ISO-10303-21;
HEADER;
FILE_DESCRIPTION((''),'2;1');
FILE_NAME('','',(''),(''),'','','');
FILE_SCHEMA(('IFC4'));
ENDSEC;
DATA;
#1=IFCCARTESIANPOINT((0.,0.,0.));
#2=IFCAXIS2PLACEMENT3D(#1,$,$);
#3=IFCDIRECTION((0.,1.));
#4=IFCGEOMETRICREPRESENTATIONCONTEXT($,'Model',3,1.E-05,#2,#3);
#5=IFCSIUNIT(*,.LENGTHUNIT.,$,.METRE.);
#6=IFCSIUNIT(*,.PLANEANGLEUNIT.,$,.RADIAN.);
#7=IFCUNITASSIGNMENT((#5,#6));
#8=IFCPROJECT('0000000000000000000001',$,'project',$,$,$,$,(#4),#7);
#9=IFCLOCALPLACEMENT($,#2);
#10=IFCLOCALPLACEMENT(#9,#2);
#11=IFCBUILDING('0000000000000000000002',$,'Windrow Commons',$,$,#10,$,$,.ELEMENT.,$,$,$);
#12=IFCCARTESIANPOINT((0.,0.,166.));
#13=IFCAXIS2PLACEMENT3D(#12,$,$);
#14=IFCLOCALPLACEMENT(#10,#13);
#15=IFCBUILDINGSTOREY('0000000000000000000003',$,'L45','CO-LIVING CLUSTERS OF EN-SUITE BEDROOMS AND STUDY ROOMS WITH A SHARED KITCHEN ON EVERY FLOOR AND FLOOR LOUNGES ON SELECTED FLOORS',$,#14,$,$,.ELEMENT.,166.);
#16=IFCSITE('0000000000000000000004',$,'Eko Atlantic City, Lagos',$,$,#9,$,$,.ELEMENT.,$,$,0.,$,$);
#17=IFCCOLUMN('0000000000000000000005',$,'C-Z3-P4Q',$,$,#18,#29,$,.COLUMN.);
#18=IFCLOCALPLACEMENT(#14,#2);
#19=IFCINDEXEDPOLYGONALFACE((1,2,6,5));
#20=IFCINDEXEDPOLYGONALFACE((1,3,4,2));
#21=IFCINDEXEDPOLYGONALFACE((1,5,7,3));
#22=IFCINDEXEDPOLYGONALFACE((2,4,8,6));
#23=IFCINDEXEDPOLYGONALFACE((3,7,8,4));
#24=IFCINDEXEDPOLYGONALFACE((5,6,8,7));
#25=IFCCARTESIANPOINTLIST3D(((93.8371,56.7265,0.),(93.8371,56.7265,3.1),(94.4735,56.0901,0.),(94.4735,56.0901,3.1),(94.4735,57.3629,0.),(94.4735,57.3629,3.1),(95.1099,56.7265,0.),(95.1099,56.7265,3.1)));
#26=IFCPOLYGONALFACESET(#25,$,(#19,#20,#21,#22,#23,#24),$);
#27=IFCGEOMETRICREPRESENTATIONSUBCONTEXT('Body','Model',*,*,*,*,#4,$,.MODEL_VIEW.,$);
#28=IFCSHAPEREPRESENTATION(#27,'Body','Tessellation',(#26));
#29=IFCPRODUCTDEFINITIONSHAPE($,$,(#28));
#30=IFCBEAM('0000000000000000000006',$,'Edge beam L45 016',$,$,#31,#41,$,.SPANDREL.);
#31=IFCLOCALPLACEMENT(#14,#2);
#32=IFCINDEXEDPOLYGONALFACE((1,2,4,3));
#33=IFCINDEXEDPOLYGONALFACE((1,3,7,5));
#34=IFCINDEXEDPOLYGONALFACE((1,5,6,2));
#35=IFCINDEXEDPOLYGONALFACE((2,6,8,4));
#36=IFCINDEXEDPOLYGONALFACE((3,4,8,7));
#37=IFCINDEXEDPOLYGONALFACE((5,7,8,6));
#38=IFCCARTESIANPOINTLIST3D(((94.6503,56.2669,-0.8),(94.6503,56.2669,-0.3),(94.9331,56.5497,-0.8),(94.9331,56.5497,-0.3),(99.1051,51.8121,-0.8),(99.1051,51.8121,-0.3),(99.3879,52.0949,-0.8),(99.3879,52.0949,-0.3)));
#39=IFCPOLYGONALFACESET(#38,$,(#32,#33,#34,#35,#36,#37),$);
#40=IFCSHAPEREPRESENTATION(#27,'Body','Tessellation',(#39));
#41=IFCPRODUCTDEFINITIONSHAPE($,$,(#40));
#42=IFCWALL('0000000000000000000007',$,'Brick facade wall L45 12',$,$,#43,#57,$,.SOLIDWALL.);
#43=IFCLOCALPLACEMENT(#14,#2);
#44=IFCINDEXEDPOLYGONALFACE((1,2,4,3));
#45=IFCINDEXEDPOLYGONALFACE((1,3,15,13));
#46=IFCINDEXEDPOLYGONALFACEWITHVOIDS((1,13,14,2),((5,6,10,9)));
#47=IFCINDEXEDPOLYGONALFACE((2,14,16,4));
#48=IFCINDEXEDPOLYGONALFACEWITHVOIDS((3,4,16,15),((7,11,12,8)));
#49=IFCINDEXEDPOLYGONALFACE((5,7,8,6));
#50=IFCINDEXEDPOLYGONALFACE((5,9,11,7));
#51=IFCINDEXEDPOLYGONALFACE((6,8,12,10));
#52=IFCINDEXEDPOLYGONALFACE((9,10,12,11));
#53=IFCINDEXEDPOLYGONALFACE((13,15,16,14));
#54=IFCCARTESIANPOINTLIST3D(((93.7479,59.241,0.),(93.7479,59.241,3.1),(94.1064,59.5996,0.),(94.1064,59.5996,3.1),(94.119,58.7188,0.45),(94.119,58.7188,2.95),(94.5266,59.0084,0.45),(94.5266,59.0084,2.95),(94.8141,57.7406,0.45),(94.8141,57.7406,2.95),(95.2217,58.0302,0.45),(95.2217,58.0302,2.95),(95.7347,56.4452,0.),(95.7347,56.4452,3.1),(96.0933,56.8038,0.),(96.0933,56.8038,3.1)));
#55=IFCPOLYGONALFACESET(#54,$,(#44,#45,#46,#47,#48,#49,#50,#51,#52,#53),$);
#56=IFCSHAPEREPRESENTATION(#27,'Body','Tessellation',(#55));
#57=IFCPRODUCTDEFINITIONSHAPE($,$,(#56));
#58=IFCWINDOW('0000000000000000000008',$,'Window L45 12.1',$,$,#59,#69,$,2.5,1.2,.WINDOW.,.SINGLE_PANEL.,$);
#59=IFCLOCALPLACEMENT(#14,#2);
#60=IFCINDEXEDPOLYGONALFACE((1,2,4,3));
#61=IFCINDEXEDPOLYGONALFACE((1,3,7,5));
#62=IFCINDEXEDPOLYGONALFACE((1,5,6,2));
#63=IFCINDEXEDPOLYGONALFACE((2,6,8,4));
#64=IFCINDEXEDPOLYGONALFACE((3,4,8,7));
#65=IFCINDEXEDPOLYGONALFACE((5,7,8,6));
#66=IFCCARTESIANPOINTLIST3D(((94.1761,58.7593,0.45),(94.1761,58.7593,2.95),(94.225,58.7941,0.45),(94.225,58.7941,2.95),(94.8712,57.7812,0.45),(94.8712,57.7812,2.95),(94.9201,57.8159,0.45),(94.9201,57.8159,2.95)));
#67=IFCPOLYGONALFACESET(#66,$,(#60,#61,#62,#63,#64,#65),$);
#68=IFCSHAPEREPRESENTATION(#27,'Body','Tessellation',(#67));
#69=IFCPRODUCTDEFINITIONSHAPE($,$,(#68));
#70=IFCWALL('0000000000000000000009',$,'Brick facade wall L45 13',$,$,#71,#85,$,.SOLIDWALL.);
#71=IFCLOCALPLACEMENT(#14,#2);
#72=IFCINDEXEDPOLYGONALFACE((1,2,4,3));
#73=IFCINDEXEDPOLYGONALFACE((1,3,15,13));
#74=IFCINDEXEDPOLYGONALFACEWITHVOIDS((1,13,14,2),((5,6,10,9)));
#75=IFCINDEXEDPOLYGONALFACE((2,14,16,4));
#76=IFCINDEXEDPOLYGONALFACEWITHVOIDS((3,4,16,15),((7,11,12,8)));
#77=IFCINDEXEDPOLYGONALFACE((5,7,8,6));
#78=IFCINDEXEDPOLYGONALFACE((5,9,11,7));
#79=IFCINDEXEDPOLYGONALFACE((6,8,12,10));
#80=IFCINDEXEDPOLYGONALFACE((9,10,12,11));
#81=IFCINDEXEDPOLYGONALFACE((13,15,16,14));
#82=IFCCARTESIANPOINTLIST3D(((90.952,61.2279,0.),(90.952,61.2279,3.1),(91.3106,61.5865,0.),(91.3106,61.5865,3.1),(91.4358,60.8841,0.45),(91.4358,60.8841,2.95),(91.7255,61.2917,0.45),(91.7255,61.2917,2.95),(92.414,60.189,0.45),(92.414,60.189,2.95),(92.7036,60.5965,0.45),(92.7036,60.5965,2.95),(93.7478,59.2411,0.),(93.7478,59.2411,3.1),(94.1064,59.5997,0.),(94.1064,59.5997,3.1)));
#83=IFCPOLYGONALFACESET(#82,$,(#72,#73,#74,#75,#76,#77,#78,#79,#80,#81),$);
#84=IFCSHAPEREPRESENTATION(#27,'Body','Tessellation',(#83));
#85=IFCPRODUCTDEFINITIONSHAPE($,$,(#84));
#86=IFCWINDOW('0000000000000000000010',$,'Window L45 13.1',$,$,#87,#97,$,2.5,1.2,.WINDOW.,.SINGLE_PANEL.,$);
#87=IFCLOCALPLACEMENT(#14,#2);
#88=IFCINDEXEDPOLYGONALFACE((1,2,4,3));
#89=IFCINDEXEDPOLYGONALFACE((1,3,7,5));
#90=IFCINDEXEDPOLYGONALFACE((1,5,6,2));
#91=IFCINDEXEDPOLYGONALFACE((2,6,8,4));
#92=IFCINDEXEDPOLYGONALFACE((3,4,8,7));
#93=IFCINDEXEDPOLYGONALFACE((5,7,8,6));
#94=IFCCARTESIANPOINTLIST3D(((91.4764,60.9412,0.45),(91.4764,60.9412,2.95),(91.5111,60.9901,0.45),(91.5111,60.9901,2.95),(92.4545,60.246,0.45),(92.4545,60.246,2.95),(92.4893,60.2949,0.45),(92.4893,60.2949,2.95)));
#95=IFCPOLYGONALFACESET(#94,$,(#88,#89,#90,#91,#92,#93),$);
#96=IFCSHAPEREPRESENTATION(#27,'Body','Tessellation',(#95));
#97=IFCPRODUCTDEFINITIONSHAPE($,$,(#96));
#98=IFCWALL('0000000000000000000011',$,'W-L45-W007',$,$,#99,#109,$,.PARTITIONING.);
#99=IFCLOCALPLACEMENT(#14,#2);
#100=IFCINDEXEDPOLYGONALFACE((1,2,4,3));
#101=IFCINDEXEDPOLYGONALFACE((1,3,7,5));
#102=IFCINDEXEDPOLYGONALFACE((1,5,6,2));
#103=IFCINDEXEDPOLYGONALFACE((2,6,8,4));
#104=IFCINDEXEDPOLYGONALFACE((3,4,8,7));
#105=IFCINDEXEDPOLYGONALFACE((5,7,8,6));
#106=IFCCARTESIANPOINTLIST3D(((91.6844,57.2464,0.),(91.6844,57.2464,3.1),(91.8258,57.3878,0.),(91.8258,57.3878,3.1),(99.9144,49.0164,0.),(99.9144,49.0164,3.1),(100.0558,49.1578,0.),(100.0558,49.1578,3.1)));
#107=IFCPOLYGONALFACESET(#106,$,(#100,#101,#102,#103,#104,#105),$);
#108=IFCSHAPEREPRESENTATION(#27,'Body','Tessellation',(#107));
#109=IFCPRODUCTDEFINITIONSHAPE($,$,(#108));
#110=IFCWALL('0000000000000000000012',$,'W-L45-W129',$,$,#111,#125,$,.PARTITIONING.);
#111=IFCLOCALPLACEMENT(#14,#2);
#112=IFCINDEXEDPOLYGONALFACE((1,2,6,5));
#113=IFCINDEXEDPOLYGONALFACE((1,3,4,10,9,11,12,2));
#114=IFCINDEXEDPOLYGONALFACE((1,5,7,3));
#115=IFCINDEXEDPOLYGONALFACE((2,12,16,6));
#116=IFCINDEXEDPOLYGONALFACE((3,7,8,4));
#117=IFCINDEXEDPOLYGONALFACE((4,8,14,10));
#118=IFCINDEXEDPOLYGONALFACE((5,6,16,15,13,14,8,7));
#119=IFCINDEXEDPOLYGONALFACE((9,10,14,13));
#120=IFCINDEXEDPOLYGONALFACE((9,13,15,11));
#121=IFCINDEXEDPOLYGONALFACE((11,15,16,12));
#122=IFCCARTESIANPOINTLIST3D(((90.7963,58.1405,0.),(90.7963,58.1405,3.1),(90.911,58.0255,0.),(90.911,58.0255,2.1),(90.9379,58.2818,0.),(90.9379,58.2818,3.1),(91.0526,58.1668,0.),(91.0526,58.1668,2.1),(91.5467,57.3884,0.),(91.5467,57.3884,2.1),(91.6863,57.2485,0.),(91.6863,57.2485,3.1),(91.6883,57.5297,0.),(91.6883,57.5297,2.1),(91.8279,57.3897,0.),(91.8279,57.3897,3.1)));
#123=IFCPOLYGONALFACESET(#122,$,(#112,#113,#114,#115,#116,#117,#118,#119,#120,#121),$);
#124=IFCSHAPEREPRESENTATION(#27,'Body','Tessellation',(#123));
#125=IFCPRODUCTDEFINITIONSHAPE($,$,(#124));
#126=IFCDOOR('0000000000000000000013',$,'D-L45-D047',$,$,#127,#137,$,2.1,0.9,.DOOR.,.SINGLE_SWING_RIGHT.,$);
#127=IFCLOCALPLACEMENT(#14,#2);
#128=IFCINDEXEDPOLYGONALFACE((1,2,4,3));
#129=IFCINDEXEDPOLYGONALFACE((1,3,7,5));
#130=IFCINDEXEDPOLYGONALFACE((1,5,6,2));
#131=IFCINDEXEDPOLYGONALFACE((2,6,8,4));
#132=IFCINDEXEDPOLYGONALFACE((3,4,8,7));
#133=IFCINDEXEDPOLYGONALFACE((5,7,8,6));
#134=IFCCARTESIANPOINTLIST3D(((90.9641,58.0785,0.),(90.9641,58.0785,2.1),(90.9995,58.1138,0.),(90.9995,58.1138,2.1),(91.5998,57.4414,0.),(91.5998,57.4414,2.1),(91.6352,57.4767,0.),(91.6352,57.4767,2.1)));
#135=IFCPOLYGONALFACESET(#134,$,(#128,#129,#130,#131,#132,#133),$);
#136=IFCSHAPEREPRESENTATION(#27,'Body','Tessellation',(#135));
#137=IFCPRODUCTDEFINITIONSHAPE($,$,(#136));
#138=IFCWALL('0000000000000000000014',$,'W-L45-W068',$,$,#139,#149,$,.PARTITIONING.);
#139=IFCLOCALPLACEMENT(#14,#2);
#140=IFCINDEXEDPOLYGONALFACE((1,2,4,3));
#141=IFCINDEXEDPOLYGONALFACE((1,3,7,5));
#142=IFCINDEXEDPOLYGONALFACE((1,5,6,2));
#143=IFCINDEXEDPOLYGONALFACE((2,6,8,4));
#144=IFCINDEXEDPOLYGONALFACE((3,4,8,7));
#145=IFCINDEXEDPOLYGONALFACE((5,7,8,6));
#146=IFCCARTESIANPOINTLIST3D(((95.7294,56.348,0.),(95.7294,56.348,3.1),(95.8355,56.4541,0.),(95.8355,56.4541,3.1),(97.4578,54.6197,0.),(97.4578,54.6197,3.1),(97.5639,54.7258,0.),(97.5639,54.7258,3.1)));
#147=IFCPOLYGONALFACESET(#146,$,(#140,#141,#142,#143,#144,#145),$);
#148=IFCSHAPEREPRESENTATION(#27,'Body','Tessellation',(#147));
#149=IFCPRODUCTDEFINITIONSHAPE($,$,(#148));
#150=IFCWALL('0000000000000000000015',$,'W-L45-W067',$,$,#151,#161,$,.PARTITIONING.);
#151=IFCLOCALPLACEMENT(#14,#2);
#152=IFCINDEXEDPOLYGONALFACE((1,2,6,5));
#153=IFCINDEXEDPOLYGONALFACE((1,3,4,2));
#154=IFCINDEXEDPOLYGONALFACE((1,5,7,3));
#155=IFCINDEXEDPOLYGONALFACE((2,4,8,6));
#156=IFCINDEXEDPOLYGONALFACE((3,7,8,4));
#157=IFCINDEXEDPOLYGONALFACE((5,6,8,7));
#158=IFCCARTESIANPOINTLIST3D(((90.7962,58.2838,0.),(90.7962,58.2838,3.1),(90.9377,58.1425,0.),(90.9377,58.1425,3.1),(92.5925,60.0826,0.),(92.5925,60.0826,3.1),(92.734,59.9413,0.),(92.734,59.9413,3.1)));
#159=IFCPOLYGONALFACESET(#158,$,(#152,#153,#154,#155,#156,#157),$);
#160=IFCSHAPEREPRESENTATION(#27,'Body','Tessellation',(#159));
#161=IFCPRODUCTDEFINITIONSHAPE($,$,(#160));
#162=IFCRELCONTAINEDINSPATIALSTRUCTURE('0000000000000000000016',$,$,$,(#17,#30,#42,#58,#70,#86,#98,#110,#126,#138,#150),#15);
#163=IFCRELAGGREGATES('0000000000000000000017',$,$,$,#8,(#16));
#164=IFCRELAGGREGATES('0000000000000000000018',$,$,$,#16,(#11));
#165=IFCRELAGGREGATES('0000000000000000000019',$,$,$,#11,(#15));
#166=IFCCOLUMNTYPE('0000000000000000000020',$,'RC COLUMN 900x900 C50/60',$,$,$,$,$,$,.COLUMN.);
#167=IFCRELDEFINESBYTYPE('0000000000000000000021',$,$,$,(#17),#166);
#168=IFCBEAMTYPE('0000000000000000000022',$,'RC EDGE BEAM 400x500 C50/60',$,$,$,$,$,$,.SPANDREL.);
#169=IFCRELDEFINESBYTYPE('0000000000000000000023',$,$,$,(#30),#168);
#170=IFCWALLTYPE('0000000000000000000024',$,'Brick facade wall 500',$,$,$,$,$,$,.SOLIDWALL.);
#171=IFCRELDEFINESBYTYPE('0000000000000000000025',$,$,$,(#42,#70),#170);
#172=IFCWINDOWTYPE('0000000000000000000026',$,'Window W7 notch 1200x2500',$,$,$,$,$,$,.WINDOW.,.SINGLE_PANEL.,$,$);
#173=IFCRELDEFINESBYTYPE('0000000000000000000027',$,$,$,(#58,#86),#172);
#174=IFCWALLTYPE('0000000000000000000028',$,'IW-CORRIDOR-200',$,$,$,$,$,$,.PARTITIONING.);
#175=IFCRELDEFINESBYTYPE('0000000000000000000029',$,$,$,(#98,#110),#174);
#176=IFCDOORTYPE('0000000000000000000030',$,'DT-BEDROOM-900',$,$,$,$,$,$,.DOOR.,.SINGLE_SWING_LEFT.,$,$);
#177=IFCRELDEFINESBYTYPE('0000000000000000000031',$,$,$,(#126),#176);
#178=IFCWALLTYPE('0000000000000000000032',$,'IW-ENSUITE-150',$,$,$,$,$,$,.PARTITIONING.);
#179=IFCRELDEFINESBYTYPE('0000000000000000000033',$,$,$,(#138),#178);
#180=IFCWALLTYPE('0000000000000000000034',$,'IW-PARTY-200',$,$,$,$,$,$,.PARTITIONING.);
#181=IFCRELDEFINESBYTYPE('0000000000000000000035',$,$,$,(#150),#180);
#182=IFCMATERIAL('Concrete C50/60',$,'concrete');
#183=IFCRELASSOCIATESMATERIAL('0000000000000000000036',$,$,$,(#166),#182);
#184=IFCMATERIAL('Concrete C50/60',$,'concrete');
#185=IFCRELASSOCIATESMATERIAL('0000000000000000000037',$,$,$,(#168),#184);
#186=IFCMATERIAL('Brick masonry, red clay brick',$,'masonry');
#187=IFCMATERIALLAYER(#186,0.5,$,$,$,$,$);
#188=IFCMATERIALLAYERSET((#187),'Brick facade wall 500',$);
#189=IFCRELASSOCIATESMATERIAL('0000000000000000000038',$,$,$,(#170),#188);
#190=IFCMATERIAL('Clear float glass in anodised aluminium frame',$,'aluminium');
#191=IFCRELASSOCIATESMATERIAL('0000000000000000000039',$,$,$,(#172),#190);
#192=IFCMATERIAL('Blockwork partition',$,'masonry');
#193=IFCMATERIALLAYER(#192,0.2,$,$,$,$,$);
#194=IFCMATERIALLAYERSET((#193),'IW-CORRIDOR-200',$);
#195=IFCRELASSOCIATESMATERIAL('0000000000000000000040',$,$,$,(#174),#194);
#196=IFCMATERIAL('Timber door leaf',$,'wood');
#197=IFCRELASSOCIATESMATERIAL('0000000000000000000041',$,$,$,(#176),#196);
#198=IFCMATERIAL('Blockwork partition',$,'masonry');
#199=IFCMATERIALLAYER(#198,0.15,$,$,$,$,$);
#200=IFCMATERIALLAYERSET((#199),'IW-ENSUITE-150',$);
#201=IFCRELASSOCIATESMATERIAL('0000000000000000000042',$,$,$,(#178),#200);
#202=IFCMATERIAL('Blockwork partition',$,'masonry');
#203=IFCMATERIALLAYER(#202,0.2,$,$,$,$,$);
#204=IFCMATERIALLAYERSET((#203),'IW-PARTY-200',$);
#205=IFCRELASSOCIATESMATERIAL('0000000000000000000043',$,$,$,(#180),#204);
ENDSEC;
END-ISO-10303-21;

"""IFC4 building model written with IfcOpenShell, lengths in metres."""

from ifc_helpers import new_model, si_unit, direction, frame, frame_2d, origin, origin_2d, place, context, subcontext, project, spatial, polyline, rectangle, outline, extrude, material, layer, layer_set, material_profile, profile_set, type_object, element, fill, save


model = new_model("IFC4")

# Units and contexts
model_context = context("Model", 3, precision=1e-05, world=origin(), true_north=direction((0.0, 1.0)))
body_context = subcontext(model_context, "Body", "Model", "MODEL_VIEW")
ifc_project = project(units=[si_unit("LENGTHUNIT", "METRE"), si_unit("PLANEANGLEUNIT", "RADIAN")], contexts=[model_context])

# Site, building, storey
site_placement = place(None, origin())
site = spatial("IfcSite", under=ifc_project, at=site_placement, Name="Eko Atlantic City, Lagos", CompositionType="ELEMENT", RefElevation=0.0)
building_placement = place(site_placement, origin())
building = spatial("IfcBuilding", under=site, at=building_placement, Name="Windrow Commons", CompositionType="ELEMENT")
storey_placement = place(building_placement, frame((0.0, 0.0, 166.0)))
storey = spatial("IfcBuildingStorey", under=building, at=storey_placement, Name="L45", Description="CO-LIVING CLUSTERS OF EN-SUITE BEDROOMS AND STUDY ROOMS WITH A SHARED KITCHEN ON EVERY FLOOR AND FLOOR LOUNGES ON SELECTED FLOORS", CompositionType="ELEMENT", Elevation=166.0)

# Column
ifc_material_1 = material(Name="Concrete C50/60", Category="concrete")
ifc_material_profile_1 = material_profile(ifc_material_1, rectangle(XDim=0.9, YDim=0.9, at=origin_2d()))
ifc_profile_set_1 = profile_set([ifc_material_profile_1], Name="Concrete C50/60")
column_type = type_object("IfcColumnType", Name="RC COLUMN 900x900 C50/60", PredefinedType="COLUMN", material=ifc_profile_set_1)
column_placement = place(storey_placement, frame((94.4735, 56.7265, 0.0), z_axis=(0.0, 0.0, 1.0), x_axis=(0.707107, -0.707107, 0.0)))
element("IfcColumn", 1, at=column_placement, inside=storey, type_object=column_type, Name="C-Z3-P4Q", PredefinedType="COLUMN", context=body_context, shape_type="SweptSolid", body=[
    extrude(rectangle(XDim=0.9, YDim=0.9, at=origin_2d()), origin(), (0.0, 0.0, 1.0), 3.1),
])

# Beam
ifc_material_2 = material(Name="Concrete C50/60", Category="concrete")
ifc_material_profile_2 = material_profile(ifc_material_2, rectangle(XDim=0.4, YDim=0.5, at=origin_2d()))
ifc_profile_set_2 = profile_set([ifc_material_profile_2], Name="Concrete C50/60")
beam_type = type_object("IfcBeamType", Name="RC EDGE BEAM 400x500 C50/60", PredefinedType="SPANDREL", material=ifc_profile_set_2)
beam_placement = place(storey_placement, frame((94.7917, 56.4083, -0.55), z_axis=(0.707107, -0.707107, 0.0), x_axis=(0.707107, 0.707107, 0.0)))
element("IfcBeam", 2, at=beam_placement, inside=storey, type_object=beam_type, Name="Edge beam L45 016", PredefinedType="SPANDREL", context=body_context, shape_type="SweptSolid", body=[
    extrude(rectangle(XDim=0.4, YDim=0.5, at=origin_2d()), origin(), (0.0, 0.0, 1.0), 6.3),
])

# Walls, openings, windows
ifc_material_3 = material(Name="Brick masonry, red clay brick", Category="masonry")
ifc_layer_1 = layer(ifc_material_3, 0.5)
ifc_layer_set_1 = layer_set([ifc_layer_1], Name="Brick facade wall 500")
wall_type_1 = type_object("IfcWallType", Name="Brick facade wall 500", PredefinedType="SOLIDWALL", material=ifc_layer_set_1)
wall_1_placement = place(storey_placement, frame((95.914, 56.6245, 0.0), z_axis=(0.0, 0.0, 1.0), x_axis=(-0.579273, 0.815134, 0.0)))
wall_1 = element("IfcWall", 3, at=wall_1_placement, inside=storey, type_object=wall_type_1, Name="Brick facade wall L45 12", PredefinedType="SOLIDWALL", context=body_context, shape_type="SweptSolid", body=[
    extrude(outline(polyline([(0.0423, -0.25), (3.4722, -0.25), (3.3876, 0.25), (-0.0423, 0.25), (0.0423, -0.25)])), origin(), (0.0, 0.0, 1.0), 3.1),
])
opening_1_placement = place(wall_1_placement, frame((1.5469, 0.0, 0.45)))
opening_1 = element("IfcOpeningElement", 4, at=opening_1_placement, cuts=wall_1, PredefinedType="OPENING", context=body_context, shape_type="SweptSolid", body=[
    extrude(rectangle(XDim=1.2, YDim=2.5, at=frame_2d((0.6, 1.25))), frame((0.0, 0.26, 0.0), z_axis=(0.0, -1.0, 0.0), x_axis=(1.0, 0.0, 0.0)), (0.0, 0.0, 1.0), 0.52),
])
ifc_material_4 = material(Name="Clear float glass in anodised aluminium frame", Category="aluminium")
window_type = type_object("IfcWindowType", Name="Window W7 notch 1200x2500", PartitioningType="SINGLE_PANEL", PredefinedType="WINDOW", material=ifc_material_4)
window_1_placement = place(opening_1_placement, origin())
window_1 = element("IfcWindow", 5, at=window_1_placement, inside=storey, type_object=window_type, Name="Window L45 12.1", OverallHeight=2.5, OverallWidth=1.2, PartitioningType="SINGLE_PANEL", PredefinedType="WINDOW", context=body_context, shape_type="SweptSolid", body=[
    extrude(rectangle(XDim=1.2, YDim=2.5, at=frame_2d((0.6, 1.25))), frame((0.0, 0.18, 0.0), z_axis=(0.0, -1.0, 0.0), x_axis=(1.0, 0.0, 0.0)), (0.0, 0.0, 1.0), 0.06),
])
fill(opening_1, window_1)
wall_2_placement = place(storey_placement, frame((93.9271, 59.4204, 0.0), z_axis=(0.0, 0.0, 1.0), x_axis=(-0.815138, 0.579267, 0.0)))
wall_2 = element("IfcWall", 6, at=wall_2_placement, inside=storey, type_object=wall_type_1, Name="Brick facade wall L45 13", PredefinedType="SOLIDWALL", context=body_context, shape_type="SweptSolid", body=[
    extrude(outline(polyline([(-0.0423, -0.25), (3.3876, -0.25), (3.4722, 0.25), (0.0423, 0.25), (-0.0423, -0.25)])), origin(), (0.0, 0.0, 1.0), 3.1),
])
opening_2_placement = place(wall_2_placement, frame((1.6786, 0.0, 0.45)))
opening_2 = element("IfcOpeningElement", 7, at=opening_2_placement, cuts=wall_2, PredefinedType="OPENING", context=body_context, shape_type="SweptSolid", body=[
    extrude(rectangle(XDim=1.2, YDim=2.5, at=frame_2d((0.6, 1.25))), frame((0.0, 0.26, 0.0), z_axis=(0.0, -1.0, 0.0), x_axis=(1.0, 0.0, 0.0)), (0.0, 0.0, 1.0), 0.52),
])
window_2_placement = place(opening_2_placement, origin())
window_2 = element("IfcWindow", 8, at=window_2_placement, inside=storey, type_object=window_type, Name="Window L45 13.1", OverallHeight=2.5, OverallWidth=1.2, PartitioningType="SINGLE_PANEL", PredefinedType="WINDOW", context=body_context, shape_type="SweptSolid", body=[
    extrude(rectangle(XDim=1.2, YDim=2.5, at=frame_2d((0.6, 1.25))), frame((0.0, 0.18, 0.0), z_axis=(0.0, -1.0, 0.0), x_axis=(1.0, 0.0, 0.0)), (0.0, 0.0, 1.0), 0.06),
])
fill(opening_2, window_2)

# Wall
ifc_material_5 = material(Name="Blockwork partition", Category="masonry")
ifc_layer_2 = layer(ifc_material_5, 0.2)
ifc_layer_set_2 = layer_set([ifc_layer_2], Name="IW-CORRIDOR-200")
wall_type_2 = type_object("IfcWallType", Name="IW-CORRIDOR-200", PredefinedType="PARTITIONING", material=ifc_layer_set_2)
wall_3_placement = place(storey_placement, frame((91.7551, 57.3171, 0.0), z_axis=(0.0, 0.0, 1.0), x_axis=(0.707107, -0.707107, 0.0)))
element("IfcWall", 9, at=wall_3_placement, inside=storey, type_object=wall_type_2, Name="W-L45-W007", PredefinedType="PARTITIONING", context=body_context, shape_type="SweptSolid", body=[
    extrude(rectangle(XDim=11.639, YDim=0.2, at=frame_2d((5.8195, 0.0))), origin(), (0.0, 0.0, 1.0), 3.1),
])

# Wall, opening, door
wall_4_placement = place(storey_placement, frame((90.8671, 58.2111, 0.0), z_axis=(0.0, 0.0, 1.0), x_axis=(0.706313, -0.7079, 0.0)))
wall_4 = element("IfcWall", 10, at=wall_4_placement, inside=storey, type_object=wall_type_2, Name="W-L45-W129", PredefinedType="PARTITIONING", context=body_context, shape_type="SweptSolid", body=[
    extrude(rectangle(XDim=1.2601, YDim=0.2, at=frame_2d((0.63, 0.0))), origin(), (0.0, 0.0, 1.0), 3.1),
])
opening_3_placement = place(wall_4_placement, frame((0.1624, 0.0, 0.0)))
opening_3 = element("IfcOpeningElement", 11, at=opening_3_placement, cuts=wall_4, PredefinedType="OPENING", context=body_context, shape_type="SweptSolid", body=[
    extrude(rectangle(XDim=0.9, YDim=2.1, at=frame_2d((0.45, 1.05))), frame((0.0, 0.11, 0.0), z_axis=(0.0, -1.0, 0.0), x_axis=(1.0, 0.0, 0.0)), (0.0, 0.0, 1.0), 0.22),
])
ifc_material_6 = material(Name="Timber door leaf", Category="wood")
door_type = type_object("IfcDoorType", Name="DT-BEDROOM-900", OperationType="SINGLE_SWING_LEFT", PredefinedType="DOOR", material=ifc_material_6)
door_placement = place(opening_3_placement, origin())
door = element("IfcDoor", 12, at=door_placement, inside=storey, type_object=door_type, Name="D-L45-D047", OperationType="SINGLE_SWING_RIGHT", OverallHeight=2.1, OverallWidth=0.9, PredefinedType="DOOR", context=body_context, shape_type="SweptSolid", body=[
    extrude(rectangle(XDim=0.9, YDim=2.1, at=frame_2d((0.45, 1.05))), frame((0.0, 0.025, 0.0), z_axis=(0.0, -1.0, 0.0), x_axis=(1.0, 0.0, 0.0)), (0.0, 0.0, 1.0), 0.05),
])
fill(opening_3, door)

# Walls
ifc_material_7 = material(Name="Blockwork partition", Category="masonry")
ifc_layer_3 = layer(ifc_material_7, 0.15)
ifc_layer_set_3 = layer_set([ifc_layer_3], Name="IW-ENSUITE-150")
wall_type_3 = type_object("IfcWallType", Name="IW-ENSUITE-150", PredefinedType="PARTITIONING", material=ifc_layer_set_3)
wall_5_placement = place(storey_placement, frame((95.7824, 56.4011, 0.0), z_axis=(0.0, 0.0, 1.0), x_axis=(0.707127, -0.707086, 0.0)))
element("IfcWall", 13, at=wall_5_placement, inside=storey, type_object=wall_type_3, Name="W-L45-W068", PredefinedType="PARTITIONING", context=body_context, shape_type="SweptSolid", body=[
    extrude(rectangle(XDim=2.4443, YDim=0.15, at=frame_2d((1.2222, 0.0))), origin(), (0.0, 0.0, 1.0), 3.1),
])
ifc_material_8 = material(Name="Blockwork partition", Category="masonry")
ifc_layer_4 = layer(ifc_material_8, 0.2)
ifc_layer_set_4 = layer_set([ifc_layer_4], Name="IW-PARTY-200")
wall_type_4 = type_object("IfcWallType", Name="IW-PARTY-200", PredefinedType="PARTITIONING", material=ifc_layer_set_4)
wall_6_placement = place(storey_placement, frame((90.8669, 58.2131, 0.0), z_axis=(0.0, 0.0, 1.0), x_axis=(0.706615, 0.707598, 0.0)))
element("IfcWall", 14, at=wall_6_placement, inside=storey, type_object=wall_type_4, Name="W-L45-W067", PredefinedType="PARTITIONING", context=body_context, shape_type="SweptSolid", body=[
    extrude(rectangle(XDim=2.5421, YDim=0.2, at=frame_2d((1.2711, 0.0))), origin(), (0.0, 0.0, 1.0), 3.1),
])

save(model, "model.ifc")
